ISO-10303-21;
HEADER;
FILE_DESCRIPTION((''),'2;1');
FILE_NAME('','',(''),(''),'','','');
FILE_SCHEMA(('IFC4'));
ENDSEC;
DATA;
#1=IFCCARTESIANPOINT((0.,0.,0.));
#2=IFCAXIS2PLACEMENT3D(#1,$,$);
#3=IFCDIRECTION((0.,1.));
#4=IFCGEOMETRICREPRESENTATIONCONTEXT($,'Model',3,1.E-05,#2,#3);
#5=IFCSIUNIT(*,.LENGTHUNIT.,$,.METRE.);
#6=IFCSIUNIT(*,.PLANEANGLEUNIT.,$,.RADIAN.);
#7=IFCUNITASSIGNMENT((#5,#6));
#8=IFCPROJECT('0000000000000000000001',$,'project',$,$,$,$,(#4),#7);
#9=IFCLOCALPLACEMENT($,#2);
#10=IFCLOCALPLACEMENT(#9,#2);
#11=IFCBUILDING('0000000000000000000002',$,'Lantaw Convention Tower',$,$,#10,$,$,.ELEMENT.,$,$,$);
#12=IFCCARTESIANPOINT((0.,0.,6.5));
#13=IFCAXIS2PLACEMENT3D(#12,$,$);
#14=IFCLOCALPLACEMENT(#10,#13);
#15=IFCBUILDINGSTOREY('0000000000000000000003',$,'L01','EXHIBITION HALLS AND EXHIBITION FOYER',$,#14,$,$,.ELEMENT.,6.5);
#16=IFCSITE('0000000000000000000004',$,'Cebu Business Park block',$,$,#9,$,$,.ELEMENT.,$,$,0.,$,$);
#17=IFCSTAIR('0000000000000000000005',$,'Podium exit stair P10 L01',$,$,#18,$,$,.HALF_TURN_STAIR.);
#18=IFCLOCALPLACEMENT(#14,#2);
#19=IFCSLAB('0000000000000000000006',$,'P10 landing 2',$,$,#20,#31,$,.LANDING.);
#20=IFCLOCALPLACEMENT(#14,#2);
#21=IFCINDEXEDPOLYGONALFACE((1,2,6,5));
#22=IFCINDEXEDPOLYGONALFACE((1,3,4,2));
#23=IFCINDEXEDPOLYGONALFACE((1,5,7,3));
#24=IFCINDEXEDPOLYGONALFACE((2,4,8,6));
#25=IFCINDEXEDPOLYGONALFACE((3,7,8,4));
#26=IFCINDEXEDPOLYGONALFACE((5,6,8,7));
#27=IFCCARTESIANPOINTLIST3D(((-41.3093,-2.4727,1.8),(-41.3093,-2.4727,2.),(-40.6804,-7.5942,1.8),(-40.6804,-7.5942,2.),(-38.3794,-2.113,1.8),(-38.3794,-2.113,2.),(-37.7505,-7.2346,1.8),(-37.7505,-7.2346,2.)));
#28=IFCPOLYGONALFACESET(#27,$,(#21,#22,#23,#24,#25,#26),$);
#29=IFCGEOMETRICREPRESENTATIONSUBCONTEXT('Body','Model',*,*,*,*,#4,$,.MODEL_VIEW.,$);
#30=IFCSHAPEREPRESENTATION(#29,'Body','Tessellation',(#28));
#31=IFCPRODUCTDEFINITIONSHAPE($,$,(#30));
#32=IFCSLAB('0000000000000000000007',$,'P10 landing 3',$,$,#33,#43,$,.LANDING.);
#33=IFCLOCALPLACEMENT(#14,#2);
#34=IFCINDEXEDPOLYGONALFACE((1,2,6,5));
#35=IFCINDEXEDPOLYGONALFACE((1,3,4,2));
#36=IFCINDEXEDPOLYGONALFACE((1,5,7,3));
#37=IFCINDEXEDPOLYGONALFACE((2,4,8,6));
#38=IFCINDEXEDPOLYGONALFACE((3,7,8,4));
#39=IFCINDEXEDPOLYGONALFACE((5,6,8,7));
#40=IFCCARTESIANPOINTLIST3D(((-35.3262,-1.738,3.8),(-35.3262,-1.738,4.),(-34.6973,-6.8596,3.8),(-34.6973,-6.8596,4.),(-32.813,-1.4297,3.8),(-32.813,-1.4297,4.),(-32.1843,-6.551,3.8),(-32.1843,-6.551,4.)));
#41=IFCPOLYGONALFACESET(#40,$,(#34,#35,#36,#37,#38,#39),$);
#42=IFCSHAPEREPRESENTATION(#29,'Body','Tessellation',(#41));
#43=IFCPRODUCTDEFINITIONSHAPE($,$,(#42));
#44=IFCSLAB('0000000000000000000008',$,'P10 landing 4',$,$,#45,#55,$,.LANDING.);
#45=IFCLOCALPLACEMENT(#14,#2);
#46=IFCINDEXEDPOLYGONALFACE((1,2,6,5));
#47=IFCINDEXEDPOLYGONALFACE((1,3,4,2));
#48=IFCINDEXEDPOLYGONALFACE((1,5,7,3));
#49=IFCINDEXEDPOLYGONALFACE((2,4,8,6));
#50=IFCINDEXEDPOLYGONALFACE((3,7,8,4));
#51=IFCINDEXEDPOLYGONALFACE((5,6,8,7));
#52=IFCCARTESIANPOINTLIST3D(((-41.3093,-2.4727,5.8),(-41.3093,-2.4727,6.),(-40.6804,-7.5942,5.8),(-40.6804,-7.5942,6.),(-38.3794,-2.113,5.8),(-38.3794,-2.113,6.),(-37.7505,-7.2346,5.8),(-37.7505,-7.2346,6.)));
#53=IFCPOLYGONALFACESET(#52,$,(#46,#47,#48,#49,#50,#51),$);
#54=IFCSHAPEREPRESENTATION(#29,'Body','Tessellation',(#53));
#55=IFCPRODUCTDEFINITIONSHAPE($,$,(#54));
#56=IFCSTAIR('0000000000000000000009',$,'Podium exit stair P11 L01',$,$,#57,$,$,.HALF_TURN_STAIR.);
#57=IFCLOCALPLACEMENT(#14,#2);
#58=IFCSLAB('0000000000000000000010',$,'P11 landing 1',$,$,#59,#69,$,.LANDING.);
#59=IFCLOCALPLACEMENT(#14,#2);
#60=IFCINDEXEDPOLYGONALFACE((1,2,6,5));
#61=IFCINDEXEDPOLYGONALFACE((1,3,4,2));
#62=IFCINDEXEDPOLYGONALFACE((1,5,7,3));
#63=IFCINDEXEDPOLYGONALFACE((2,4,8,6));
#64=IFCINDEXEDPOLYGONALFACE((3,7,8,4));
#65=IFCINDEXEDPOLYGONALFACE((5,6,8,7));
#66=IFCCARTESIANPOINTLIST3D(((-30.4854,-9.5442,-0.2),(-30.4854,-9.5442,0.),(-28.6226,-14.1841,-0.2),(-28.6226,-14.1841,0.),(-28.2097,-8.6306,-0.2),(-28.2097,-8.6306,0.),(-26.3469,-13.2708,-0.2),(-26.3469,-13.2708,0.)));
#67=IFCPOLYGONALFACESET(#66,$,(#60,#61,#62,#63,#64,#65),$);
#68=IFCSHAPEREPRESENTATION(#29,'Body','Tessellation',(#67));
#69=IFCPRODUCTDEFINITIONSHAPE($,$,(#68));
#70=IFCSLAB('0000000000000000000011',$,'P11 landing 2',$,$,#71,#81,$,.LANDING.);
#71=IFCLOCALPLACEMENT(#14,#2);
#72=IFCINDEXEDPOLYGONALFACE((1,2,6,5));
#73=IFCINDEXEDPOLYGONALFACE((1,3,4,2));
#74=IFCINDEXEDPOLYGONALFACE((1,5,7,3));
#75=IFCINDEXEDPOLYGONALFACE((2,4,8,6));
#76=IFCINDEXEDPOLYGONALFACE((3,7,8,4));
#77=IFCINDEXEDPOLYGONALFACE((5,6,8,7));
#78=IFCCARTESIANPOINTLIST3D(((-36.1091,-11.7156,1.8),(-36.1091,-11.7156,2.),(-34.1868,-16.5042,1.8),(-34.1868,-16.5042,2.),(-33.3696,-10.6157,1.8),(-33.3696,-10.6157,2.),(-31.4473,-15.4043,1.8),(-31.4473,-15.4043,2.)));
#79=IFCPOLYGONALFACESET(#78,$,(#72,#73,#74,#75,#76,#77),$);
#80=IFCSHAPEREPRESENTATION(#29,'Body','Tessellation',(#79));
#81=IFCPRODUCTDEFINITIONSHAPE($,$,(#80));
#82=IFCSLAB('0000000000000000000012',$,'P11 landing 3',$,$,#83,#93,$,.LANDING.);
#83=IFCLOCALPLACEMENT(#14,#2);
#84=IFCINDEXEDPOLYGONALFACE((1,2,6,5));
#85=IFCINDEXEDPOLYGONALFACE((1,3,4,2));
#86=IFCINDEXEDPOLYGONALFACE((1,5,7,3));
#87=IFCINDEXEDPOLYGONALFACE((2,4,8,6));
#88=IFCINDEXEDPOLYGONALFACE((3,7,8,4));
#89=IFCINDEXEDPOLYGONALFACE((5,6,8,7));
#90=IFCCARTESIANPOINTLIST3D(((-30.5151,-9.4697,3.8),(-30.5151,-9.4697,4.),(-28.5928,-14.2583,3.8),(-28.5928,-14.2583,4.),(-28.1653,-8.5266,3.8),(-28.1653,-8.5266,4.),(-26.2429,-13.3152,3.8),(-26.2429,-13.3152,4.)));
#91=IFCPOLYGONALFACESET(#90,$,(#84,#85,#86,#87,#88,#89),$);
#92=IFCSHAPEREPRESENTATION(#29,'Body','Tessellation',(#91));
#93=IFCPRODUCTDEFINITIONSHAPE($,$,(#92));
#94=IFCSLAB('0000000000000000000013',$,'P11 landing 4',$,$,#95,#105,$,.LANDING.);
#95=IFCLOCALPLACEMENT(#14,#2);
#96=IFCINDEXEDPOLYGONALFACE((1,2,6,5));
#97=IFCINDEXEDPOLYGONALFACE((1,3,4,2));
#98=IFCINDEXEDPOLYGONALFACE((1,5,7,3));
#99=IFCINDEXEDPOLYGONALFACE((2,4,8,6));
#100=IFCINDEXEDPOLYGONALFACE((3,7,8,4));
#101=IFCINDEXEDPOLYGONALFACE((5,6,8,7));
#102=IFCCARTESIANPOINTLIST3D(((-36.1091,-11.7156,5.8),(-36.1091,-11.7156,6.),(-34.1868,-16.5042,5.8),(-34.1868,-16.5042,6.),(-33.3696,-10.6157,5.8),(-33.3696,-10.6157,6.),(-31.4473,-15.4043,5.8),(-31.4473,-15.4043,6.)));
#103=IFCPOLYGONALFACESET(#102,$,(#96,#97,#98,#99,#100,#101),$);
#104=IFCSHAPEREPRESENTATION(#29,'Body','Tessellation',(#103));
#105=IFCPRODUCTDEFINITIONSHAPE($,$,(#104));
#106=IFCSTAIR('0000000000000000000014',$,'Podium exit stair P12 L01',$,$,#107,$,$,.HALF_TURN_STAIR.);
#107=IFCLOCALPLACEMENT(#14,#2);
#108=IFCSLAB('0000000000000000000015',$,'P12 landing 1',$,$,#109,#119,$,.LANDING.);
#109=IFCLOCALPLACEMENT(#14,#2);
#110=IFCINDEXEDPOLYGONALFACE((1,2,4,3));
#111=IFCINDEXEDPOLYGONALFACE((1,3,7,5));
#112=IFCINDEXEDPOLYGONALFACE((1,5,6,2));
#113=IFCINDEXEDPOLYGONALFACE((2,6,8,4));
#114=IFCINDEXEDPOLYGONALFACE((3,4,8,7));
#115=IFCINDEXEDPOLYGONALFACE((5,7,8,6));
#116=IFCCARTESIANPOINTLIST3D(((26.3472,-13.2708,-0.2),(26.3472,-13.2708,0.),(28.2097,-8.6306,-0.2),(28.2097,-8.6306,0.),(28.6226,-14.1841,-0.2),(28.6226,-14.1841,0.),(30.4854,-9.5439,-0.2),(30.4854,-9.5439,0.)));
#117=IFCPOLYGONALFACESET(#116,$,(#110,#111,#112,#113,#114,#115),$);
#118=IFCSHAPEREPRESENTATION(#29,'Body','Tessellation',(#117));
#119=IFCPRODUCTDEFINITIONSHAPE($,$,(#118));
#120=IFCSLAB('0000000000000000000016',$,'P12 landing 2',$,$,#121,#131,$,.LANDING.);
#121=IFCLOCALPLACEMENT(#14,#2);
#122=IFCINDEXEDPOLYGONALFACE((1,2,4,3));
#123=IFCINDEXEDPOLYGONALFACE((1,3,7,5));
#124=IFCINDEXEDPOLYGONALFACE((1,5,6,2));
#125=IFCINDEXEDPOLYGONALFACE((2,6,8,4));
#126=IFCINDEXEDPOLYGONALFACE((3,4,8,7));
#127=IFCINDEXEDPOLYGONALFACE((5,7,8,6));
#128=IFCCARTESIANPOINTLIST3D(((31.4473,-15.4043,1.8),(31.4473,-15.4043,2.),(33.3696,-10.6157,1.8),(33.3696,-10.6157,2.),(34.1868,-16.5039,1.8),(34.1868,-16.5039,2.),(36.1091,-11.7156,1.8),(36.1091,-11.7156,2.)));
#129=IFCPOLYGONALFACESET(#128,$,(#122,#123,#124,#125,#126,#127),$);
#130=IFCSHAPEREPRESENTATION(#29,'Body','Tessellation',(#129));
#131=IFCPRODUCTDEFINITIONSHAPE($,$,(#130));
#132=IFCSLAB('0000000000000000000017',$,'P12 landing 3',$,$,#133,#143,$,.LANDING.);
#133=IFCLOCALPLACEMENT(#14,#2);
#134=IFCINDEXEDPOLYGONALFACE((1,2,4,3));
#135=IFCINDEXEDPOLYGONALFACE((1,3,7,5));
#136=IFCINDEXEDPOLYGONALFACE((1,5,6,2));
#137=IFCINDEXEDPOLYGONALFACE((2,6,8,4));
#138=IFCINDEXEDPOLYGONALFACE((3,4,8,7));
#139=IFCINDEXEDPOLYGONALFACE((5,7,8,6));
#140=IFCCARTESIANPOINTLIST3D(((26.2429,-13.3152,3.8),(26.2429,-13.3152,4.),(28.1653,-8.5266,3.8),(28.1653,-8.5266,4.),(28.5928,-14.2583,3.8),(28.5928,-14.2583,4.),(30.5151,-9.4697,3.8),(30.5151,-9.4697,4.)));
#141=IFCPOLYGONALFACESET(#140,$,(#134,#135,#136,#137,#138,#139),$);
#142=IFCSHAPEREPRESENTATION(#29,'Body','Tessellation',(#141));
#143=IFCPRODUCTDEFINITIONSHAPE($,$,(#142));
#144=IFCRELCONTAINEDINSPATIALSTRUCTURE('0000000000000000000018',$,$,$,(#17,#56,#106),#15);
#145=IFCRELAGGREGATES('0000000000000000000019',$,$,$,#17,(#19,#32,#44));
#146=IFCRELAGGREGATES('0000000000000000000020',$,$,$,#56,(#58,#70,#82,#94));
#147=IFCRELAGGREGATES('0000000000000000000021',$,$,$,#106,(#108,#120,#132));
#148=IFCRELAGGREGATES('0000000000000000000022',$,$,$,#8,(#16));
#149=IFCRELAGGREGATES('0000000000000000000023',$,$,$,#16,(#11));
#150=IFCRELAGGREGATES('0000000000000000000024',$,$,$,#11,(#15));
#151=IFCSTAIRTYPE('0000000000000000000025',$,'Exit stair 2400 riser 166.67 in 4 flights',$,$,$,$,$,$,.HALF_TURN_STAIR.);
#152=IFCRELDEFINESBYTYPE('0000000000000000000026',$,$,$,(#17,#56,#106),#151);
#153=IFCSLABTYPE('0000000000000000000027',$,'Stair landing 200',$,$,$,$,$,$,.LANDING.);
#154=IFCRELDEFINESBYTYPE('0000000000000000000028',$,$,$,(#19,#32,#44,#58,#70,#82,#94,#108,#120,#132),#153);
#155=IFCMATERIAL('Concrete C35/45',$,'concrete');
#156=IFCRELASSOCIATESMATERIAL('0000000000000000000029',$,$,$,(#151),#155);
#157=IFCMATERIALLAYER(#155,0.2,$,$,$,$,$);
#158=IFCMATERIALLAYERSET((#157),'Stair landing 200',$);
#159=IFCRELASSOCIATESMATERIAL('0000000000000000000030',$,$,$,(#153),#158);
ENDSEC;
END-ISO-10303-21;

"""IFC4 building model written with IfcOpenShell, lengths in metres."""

from ifc_helpers import new_model, si_unit, direction, frame, origin, place, context, subcontext, project, spatial, polyline, outline, extrude, material, layer, layer_set, type_object, element, aggregate, save


model = new_model("IFC4")

# Units and contexts
model_context = context("Model", 3, precision=1e-05, world=origin(), true_north=direction((0.0, 1.0)))
body_context = subcontext(model_context, "Body", "Model", "MODEL_VIEW")
ifc_project = project(units=[si_unit("LENGTHUNIT", "METRE"), si_unit("PLANEANGLEUNIT", "RADIAN")], contexts=[model_context])

# Site, building, storey
site_placement = place(None, origin())
site = spatial("IfcSite", under=ifc_project, at=site_placement, Name="Cebu Business Park block", CompositionType="ELEMENT", RefElevation=0.0)
building_placement = place(site_placement, origin())
building = spatial("IfcBuilding", under=site, at=building_placement, Name="Lantaw Convention Tower", CompositionType="ELEMENT")
storey_placement = place(building_placement, frame((0.0, 0.0, 6.5)))
storey = spatial("IfcBuildingStorey", under=building, at=storey_placement, Name="L01", Description="EXHIBITION HALLS AND EXHIBITION FOYER", CompositionType="ELEMENT", Elevation=6.5)

# Stairs, slabs
ifc_material = material(Name="Concrete C35/45", Category="concrete")
stair_type = type_object("IfcStairType", Name="Exit stair 2400 riser 166.67 in 4 flights", PredefinedType="HALF_TURN_STAIR", material=ifc_material)
ifc_layer = layer(ifc_material, 0.2)
ifc_layer_set = layer_set([ifc_layer], Name="Stair landing 200")
slab_type = type_object("IfcSlabType", Name="Stair landing 200", PredefinedType="LANDING", material=ifc_layer_set)
stair_1_placement = place(storey_placement, origin())
stair_1 = element("IfcStair", 1, at=stair_1_placement, inside=storey, type_object=stair_type, Name="Podium exit stair P10 L01", PredefinedType="HALF_TURN_STAIR")
slab_1_placement = place(storey_placement, frame((0.0, 0.0, 1.8)))
slab_1 = element("IfcSlab", 2, at=slab_1_placement, type_object=slab_type, Name="P10 landing 2", PredefinedType="LANDING", context=body_context, shape_type="SweptSolid", body=[
    extrude(outline(polyline([(-38.3794, -2.113), (-41.3093, -2.4727), (-40.6804, -7.5942), (-37.7505, -7.2346), (-38.3794, -2.113)])), origin(), (0.0, 0.0, 1.0), 0.2),
])
slab_2_placement = place(storey_placement, frame((0.0, 0.0, 3.8)))
slab_2 = element("IfcSlab", 3, at=slab_2_placement, type_object=slab_type, Name="P10 landing 3", PredefinedType="LANDING", context=body_context, shape_type="SweptSolid", body=[
    extrude(outline(polyline([(-32.813, -1.4297), (-35.3262, -1.738), (-34.6973, -6.8596), (-32.1843, -6.551), (-32.813, -1.4297)])), origin(), (0.0, 0.0, 1.0), 0.2),
])
slab_3_placement = place(storey_placement, frame((0.0, 0.0, 5.8)))
slab_3 = element("IfcSlab", 4, at=slab_3_placement, type_object=slab_type, Name="P10 landing 4", PredefinedType="LANDING", context=body_context, shape_type="SweptSolid", body=[
    extrude(outline(polyline([(-38.3794, -2.113), (-41.3093, -2.4727), (-40.6804, -7.5942), (-37.7505, -7.2346), (-38.3794, -2.113)])), origin(), (0.0, 0.0, 1.0), 0.2),
])
aggregate(stair_1, [slab_1, slab_2, slab_3])
stair_2_placement = place(storey_placement, origin())
stair_2 = element("IfcStair", 5, at=stair_2_placement, inside=storey, type_object=stair_type, Name="Podium exit stair P11 L01", PredefinedType="HALF_TURN_STAIR")
slab_4_placement = place(storey_placement, frame((0.0, 0.0, -0.2)))
slab_4 = element("IfcSlab", 6, at=slab_4_placement, type_object=slab_type, Name="P11 landing 1", PredefinedType="LANDING", context=body_context, shape_type="SweptSolid", body=[
    extrude(outline(polyline([(-28.2097, -8.6306), (-30.4854, -9.5442), (-28.6226, -14.1841), (-26.3469, -13.2708), (-28.2097, -8.6306)])), origin(), (0.0, 0.0, 1.0), 0.2),
])
slab_5_placement = place(storey_placement, frame((0.0, 0.0, 1.8)))
slab_5 = element("IfcSlab", 7, at=slab_5_placement, type_object=slab_type, Name="P11 landing 2", PredefinedType="LANDING", context=body_context, shape_type="SweptSolid", body=[
    extrude(outline(polyline([(-33.3696, -10.6157), (-36.1091, -11.7156), (-34.1868, -16.5042), (-31.4473, -15.4043), (-33.3696, -10.6157)])), origin(), (0.0, 0.0, 1.0), 0.2),
])
slab_6_placement = place(storey_placement, frame((0.0, 0.0, 3.8)))
slab_6 = element("IfcSlab", 8, at=slab_6_placement, type_object=slab_type, Name="P11 landing 3", PredefinedType="LANDING", context=body_context, shape_type="SweptSolid", body=[
    extrude(outline(polyline([(-28.1653, -8.5266), (-30.5151, -9.4697), (-28.5928, -14.2583), (-26.2429, -13.3152), (-28.1653, -8.5266)])), origin(), (0.0, 0.0, 1.0), 0.2),
])
slab_7_placement = place(storey_placement, frame((0.0, 0.0, 5.8)))
slab_7 = element("IfcSlab", 9, at=slab_7_placement, type_object=slab_type, Name="P11 landing 4", PredefinedType="LANDING", context=body_context, shape_type="SweptSolid", body=[
    extrude(outline(polyline([(-33.3696, -10.6157), (-36.1091, -11.7156), (-34.1868, -16.5042), (-31.4473, -15.4043), (-33.3696, -10.6157)])), origin(), (0.0, 0.0, 1.0), 0.2),
])
aggregate(stair_2, [slab_4, slab_5, slab_6, slab_7])
stair_3_placement = place(storey_placement, origin())
stair_3 = element("IfcStair", 10, at=stair_3_placement, inside=storey, type_object=stair_type, Name="Podium exit stair P12 L01", PredefinedType="HALF_TURN_STAIR")
slab_8_placement = place(storey_placement, frame((0.0, 0.0, -0.2)))
slab_8 = element("IfcSlab", 11, at=slab_8_placement, type_object=slab_type, Name="P12 landing 1", PredefinedType="LANDING", context=body_context, shape_type="SweptSolid", body=[
    extrude(outline(polyline([(26.3472, -13.2708), (28.6226, -14.1841), (30.4854, -9.5439), (28.2097, -8.6306), (26.3472, -13.2708)])), origin(), (0.0, 0.0, 1.0), 0.2),
])
slab_9_placement = place(storey_placement, frame((0.0, 0.0, 1.8)))
slab_9 = element("IfcSlab", 12, at=slab_9_placement, type_object=slab_type, Name="P12 landing 2", PredefinedType="LANDING", context=body_context, shape_type="SweptSolid", body=[
    extrude(outline(polyline([(31.4473, -15.4043), (34.1868, -16.5039), (36.1091, -11.7156), (33.3696, -10.6157), (31.4473, -15.4043)])), origin(), (0.0, 0.0, 1.0), 0.2),
])
slab_10_placement = place(storey_placement, frame((0.0, 0.0, 3.8)))
slab_10 = element("IfcSlab", 13, at=slab_10_placement, type_object=slab_type, Name="P12 landing 3", PredefinedType="LANDING", context=body_context, shape_type="SweptSolid", body=[
    extrude(outline(polyline([(26.2429, -13.3152), (28.5928, -14.2583), (30.5151, -9.4697), (28.1653, -8.5266), (26.2429, -13.3152)])), origin(), (0.0, 0.0, 1.0), 0.2),
])
aggregate(stair_3, [slab_8, slab_9, slab_10])

save(model, "model.ifc")
